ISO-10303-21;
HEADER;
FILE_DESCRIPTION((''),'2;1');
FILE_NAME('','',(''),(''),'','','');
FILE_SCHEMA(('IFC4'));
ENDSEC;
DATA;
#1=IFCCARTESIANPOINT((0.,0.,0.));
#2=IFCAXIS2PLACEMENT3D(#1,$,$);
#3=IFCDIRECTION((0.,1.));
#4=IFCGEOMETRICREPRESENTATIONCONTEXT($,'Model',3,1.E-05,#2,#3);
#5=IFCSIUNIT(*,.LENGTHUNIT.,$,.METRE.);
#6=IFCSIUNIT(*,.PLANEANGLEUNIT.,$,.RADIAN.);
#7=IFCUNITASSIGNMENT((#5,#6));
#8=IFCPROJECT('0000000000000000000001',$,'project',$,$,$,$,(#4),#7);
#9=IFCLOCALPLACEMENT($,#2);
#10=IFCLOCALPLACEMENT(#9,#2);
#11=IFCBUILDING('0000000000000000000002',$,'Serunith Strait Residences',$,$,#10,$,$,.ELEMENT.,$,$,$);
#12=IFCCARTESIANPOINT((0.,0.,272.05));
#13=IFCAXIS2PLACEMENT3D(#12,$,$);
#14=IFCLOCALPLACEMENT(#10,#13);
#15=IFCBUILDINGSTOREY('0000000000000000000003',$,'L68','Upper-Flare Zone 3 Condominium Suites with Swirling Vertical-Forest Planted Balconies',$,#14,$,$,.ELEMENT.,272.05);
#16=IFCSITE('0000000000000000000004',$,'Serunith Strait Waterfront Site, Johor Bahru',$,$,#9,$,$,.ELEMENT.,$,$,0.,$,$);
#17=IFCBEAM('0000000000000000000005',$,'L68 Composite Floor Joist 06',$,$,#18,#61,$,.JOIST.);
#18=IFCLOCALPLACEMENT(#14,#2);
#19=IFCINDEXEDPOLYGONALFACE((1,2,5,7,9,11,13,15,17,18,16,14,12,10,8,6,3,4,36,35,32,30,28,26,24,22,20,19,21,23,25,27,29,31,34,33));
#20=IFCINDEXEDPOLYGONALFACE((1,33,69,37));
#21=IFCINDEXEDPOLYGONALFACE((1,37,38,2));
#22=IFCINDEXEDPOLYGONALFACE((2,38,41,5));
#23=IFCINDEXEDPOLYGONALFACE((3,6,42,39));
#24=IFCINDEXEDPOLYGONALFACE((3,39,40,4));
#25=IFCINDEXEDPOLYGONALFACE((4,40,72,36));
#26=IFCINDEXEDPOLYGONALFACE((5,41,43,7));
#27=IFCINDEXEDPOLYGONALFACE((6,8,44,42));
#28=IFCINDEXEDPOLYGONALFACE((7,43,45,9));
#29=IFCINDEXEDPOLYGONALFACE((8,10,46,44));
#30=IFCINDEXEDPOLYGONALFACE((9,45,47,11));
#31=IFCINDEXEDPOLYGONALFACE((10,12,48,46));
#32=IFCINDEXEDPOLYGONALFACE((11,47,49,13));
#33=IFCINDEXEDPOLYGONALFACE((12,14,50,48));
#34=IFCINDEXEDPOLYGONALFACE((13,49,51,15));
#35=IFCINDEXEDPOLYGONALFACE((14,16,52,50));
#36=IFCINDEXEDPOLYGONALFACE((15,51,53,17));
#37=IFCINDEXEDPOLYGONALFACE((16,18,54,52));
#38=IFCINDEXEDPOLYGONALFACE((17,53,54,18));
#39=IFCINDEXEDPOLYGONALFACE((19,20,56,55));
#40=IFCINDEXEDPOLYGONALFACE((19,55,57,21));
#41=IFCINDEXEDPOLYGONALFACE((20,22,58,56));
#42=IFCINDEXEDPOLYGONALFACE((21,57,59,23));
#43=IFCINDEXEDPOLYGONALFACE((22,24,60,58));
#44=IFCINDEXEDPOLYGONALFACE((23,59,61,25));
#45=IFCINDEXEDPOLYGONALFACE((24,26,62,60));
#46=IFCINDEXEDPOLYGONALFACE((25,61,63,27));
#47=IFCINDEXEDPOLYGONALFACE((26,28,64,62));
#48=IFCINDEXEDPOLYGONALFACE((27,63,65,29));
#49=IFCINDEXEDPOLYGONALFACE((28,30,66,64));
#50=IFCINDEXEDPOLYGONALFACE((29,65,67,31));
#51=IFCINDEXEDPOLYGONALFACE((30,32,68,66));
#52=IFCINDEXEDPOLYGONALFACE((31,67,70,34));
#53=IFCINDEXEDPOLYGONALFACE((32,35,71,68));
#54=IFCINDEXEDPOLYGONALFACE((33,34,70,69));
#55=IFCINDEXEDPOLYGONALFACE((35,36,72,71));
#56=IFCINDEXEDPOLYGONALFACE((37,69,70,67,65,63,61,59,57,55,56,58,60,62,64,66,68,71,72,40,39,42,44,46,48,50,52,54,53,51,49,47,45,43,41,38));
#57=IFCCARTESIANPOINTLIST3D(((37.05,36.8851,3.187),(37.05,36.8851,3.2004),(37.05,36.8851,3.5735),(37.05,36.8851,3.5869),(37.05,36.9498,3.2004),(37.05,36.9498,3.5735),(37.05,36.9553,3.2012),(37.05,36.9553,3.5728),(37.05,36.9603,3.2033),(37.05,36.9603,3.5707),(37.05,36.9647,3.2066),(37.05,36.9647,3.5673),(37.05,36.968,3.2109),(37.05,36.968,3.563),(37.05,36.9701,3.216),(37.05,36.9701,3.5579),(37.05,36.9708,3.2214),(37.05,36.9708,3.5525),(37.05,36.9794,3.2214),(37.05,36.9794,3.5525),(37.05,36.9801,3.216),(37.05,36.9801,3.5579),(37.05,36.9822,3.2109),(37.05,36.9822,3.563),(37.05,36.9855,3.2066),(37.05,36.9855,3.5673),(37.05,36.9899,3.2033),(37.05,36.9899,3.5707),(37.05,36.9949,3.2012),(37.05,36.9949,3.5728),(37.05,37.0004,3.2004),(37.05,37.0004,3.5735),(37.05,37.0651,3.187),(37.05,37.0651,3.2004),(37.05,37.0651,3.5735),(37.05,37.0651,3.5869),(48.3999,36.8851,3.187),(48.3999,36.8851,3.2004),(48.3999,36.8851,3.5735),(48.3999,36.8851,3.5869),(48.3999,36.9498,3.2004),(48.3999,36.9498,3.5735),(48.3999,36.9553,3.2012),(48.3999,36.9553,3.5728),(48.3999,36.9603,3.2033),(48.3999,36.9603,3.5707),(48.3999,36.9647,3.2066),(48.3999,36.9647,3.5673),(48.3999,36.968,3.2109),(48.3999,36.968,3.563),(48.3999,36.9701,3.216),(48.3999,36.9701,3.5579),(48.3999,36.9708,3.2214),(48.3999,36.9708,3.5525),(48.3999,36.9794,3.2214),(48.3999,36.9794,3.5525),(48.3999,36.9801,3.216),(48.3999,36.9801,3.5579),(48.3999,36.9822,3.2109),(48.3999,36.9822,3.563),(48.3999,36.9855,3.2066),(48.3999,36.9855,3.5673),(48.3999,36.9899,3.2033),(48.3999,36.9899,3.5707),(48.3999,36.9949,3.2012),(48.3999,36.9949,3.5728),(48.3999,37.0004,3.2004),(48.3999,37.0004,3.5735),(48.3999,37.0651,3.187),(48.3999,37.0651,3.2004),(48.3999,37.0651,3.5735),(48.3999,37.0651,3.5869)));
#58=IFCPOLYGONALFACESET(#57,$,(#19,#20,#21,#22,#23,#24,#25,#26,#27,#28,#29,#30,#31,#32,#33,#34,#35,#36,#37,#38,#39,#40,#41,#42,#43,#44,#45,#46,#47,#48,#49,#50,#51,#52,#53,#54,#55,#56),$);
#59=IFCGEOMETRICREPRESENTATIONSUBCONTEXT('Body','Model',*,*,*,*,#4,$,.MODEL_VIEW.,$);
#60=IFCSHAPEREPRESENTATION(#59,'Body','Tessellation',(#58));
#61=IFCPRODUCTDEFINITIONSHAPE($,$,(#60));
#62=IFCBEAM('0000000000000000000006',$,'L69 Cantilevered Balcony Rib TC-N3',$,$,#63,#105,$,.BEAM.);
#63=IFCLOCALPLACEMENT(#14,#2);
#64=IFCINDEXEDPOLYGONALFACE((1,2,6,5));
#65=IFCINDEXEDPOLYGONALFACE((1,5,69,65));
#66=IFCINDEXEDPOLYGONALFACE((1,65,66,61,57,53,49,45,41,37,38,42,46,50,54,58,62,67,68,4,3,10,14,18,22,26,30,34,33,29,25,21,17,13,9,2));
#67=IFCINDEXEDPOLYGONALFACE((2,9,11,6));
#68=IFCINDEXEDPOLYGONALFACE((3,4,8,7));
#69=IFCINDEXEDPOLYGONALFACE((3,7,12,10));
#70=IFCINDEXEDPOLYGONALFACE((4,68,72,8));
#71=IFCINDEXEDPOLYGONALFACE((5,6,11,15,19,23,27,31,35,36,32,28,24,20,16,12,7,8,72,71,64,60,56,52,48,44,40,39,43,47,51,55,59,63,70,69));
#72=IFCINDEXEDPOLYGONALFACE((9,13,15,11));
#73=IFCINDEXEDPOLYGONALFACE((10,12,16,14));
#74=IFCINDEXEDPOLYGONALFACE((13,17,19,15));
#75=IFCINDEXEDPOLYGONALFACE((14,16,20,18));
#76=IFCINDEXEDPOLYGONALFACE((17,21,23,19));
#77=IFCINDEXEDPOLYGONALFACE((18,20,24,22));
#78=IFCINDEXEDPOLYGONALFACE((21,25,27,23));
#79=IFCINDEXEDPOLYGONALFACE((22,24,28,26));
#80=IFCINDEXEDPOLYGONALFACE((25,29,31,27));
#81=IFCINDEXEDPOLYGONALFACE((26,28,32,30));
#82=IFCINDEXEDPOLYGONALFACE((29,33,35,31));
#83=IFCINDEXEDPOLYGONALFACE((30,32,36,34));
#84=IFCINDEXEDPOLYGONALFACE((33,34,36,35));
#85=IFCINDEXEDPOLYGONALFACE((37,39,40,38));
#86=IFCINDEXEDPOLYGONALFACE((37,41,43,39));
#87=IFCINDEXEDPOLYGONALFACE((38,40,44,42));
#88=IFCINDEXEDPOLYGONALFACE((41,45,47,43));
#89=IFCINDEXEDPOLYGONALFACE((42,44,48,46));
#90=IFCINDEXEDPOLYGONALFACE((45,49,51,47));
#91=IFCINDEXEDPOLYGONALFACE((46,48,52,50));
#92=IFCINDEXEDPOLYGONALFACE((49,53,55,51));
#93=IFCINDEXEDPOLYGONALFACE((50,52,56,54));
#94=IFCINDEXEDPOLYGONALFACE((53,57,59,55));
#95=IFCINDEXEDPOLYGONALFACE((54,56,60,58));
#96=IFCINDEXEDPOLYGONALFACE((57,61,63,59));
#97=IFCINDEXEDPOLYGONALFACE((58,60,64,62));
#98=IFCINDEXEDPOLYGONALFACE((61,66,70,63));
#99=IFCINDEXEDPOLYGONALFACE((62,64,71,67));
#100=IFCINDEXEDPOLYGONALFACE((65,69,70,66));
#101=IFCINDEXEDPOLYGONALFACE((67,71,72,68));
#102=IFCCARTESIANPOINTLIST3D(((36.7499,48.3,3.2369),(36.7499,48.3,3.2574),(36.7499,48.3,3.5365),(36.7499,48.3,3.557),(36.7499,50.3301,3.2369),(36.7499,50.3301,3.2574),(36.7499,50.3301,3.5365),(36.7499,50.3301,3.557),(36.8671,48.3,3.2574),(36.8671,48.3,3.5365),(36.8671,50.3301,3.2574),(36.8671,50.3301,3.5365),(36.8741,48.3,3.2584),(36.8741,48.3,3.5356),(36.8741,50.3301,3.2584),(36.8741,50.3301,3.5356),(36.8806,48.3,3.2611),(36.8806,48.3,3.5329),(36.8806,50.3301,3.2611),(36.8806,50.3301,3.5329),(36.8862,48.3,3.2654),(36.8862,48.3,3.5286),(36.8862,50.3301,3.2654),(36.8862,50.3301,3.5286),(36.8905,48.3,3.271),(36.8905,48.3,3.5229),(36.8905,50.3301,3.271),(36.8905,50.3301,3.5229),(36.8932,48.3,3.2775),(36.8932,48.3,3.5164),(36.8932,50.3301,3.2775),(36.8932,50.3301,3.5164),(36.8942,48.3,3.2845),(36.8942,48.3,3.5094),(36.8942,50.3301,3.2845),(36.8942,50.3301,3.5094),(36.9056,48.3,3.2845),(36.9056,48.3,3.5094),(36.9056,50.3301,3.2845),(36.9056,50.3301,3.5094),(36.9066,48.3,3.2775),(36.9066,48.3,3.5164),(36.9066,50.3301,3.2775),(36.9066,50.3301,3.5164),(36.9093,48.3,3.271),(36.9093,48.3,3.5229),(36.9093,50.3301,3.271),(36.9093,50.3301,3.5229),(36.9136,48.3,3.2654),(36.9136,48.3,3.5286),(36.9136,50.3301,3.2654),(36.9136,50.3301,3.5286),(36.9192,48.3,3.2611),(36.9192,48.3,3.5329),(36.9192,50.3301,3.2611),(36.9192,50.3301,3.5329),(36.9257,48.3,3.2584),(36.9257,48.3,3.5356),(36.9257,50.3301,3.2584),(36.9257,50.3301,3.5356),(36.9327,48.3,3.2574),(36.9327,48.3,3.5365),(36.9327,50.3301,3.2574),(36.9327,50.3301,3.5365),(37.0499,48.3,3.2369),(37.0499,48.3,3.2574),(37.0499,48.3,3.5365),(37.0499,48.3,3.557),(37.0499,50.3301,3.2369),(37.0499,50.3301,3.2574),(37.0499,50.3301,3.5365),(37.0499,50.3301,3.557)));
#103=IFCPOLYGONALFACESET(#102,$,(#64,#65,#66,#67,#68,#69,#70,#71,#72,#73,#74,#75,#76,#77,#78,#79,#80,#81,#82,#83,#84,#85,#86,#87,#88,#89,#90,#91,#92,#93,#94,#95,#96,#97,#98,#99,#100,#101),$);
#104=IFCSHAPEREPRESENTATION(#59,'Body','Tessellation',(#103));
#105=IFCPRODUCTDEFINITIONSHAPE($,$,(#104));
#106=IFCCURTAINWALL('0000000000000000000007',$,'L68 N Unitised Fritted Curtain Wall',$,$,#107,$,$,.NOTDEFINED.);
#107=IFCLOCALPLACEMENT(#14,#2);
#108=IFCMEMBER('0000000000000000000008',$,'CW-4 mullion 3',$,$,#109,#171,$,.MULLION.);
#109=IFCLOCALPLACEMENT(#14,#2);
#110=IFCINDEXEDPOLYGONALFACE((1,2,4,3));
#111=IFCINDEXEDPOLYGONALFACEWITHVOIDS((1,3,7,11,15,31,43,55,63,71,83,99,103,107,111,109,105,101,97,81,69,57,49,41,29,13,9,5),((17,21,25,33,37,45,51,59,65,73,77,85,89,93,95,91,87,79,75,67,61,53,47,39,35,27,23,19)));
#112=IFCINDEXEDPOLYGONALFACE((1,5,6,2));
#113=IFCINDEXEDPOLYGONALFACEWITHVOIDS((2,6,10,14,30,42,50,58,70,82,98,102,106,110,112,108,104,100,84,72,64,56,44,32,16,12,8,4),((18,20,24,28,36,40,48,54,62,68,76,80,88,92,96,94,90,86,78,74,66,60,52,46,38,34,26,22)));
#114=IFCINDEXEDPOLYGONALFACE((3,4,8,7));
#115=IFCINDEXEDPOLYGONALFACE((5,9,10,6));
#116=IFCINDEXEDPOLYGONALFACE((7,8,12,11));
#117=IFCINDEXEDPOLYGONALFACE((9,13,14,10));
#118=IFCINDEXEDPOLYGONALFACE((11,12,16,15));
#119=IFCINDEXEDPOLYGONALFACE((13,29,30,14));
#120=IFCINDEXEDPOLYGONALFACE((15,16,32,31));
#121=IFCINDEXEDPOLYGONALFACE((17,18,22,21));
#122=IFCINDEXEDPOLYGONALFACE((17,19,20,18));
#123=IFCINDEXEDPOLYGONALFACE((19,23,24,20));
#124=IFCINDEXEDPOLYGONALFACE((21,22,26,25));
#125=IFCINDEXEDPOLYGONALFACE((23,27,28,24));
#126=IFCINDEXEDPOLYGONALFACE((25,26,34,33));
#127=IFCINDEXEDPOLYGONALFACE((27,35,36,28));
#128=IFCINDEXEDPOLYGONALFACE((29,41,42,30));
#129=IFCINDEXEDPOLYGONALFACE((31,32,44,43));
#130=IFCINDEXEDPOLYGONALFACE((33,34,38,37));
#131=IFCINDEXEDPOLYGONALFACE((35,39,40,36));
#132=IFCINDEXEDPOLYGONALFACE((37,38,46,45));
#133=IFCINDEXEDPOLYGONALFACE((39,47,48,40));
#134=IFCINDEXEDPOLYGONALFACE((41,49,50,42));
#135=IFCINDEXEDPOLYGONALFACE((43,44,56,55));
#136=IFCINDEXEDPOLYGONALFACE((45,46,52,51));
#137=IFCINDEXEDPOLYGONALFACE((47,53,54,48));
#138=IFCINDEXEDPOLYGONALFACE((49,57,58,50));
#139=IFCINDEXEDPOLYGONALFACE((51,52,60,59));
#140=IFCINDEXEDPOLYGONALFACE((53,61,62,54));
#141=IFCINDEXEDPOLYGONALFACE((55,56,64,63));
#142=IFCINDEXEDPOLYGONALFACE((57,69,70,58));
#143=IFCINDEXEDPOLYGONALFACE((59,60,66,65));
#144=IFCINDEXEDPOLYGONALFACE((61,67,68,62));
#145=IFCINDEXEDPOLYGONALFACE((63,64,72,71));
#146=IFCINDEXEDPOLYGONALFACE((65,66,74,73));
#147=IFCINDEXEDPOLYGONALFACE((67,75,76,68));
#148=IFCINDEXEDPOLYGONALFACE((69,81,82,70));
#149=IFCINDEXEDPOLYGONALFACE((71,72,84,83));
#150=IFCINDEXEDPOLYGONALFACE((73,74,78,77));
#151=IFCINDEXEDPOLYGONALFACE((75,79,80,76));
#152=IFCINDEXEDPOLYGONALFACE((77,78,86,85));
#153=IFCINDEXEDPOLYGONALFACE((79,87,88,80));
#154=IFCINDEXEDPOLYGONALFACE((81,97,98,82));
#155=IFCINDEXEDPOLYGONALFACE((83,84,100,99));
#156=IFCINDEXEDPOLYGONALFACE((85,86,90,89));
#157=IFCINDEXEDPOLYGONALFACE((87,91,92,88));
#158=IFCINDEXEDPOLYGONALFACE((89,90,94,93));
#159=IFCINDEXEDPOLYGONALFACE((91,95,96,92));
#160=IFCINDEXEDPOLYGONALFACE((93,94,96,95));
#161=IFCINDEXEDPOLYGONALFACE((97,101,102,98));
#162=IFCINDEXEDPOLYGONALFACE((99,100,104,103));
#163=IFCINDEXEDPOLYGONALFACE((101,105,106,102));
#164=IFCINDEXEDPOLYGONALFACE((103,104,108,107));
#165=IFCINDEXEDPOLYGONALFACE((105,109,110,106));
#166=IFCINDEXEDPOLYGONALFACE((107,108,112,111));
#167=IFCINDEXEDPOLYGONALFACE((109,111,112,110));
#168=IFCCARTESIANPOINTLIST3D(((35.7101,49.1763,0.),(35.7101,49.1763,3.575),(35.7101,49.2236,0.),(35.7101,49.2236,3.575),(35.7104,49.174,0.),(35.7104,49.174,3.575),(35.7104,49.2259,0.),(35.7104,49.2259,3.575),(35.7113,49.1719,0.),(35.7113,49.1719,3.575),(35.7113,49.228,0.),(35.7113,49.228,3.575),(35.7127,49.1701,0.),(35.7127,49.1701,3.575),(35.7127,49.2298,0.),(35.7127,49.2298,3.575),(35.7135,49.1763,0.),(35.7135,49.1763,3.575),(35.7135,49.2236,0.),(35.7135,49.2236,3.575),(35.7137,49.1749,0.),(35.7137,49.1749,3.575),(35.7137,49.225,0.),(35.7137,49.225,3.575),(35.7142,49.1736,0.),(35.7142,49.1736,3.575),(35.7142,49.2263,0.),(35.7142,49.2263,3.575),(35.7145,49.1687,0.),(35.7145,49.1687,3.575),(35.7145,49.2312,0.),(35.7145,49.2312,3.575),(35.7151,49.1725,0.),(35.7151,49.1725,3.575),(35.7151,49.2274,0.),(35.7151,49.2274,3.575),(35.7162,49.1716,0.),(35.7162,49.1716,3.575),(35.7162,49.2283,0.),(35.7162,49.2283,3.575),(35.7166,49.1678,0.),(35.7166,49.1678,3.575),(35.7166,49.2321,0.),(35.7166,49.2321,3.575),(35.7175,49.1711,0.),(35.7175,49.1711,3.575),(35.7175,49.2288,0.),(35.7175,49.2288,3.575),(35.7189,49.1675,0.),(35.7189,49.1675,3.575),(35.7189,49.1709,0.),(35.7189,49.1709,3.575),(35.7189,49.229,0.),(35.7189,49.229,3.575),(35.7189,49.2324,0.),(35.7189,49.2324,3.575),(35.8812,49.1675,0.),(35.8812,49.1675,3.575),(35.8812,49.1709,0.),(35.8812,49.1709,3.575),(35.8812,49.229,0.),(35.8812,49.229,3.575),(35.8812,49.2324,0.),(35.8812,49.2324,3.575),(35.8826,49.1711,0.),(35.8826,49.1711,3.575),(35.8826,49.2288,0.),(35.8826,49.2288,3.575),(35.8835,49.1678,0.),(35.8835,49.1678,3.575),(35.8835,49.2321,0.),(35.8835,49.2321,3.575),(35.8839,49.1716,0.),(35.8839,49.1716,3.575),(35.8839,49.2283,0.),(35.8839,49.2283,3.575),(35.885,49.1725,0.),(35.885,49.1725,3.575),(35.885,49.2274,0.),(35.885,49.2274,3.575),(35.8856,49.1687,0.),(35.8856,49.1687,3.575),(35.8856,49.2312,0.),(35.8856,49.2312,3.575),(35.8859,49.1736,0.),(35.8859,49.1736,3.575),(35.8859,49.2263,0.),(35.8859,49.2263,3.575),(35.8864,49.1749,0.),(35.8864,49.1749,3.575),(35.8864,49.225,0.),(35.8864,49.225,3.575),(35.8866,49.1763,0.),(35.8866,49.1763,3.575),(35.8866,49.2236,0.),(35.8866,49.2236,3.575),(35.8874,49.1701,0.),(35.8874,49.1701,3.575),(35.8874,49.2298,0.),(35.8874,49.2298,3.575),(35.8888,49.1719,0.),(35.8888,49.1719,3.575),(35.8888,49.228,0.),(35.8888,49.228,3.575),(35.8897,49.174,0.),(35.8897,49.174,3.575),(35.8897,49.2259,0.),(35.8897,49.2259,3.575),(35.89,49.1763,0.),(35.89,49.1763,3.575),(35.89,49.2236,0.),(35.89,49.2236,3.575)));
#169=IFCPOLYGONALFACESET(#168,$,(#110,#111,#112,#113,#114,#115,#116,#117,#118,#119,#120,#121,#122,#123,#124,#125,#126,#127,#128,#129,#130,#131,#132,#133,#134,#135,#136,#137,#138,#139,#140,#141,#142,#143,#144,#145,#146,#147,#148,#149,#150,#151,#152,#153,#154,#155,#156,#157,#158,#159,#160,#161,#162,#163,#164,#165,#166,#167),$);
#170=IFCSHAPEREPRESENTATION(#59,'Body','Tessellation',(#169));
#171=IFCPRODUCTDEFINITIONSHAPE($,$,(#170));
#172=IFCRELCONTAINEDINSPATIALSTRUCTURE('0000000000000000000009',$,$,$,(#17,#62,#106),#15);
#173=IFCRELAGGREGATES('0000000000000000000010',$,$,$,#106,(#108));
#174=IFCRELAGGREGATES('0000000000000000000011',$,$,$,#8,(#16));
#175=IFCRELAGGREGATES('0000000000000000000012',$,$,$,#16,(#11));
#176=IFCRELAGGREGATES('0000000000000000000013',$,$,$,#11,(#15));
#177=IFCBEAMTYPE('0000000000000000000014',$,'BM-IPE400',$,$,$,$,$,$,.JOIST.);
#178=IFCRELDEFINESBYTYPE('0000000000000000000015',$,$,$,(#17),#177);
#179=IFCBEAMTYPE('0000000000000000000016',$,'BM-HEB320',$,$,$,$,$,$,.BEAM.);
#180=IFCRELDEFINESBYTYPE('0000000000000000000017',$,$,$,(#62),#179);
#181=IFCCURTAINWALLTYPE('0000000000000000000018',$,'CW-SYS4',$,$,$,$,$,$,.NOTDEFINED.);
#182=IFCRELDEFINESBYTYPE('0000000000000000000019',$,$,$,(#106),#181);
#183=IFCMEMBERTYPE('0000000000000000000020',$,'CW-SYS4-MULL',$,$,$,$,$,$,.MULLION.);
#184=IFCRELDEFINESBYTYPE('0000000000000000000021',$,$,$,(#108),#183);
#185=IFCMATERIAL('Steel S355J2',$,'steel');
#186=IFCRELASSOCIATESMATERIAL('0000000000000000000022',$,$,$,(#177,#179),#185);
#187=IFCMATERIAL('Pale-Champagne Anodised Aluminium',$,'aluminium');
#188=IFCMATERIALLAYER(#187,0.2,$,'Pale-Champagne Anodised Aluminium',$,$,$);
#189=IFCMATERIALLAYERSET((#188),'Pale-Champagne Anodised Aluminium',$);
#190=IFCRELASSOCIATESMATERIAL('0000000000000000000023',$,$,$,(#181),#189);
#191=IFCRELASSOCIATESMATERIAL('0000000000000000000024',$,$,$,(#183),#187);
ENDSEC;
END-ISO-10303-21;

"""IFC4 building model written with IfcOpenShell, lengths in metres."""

from ifc_helpers import new_model, si_unit, direction, frame, origin, origin_2d, place, context, subcontext, project, spatial, hollow_rectangle, i_section, extrude, source, transform, mapped, material, layer, layer_set, material_profile, profile_set, type_object, element, aggregate, save


model = new_model("IFC4")

# Units and contexts
model_context = context("Model", 3, precision=1e-05, world=origin(), true_north=direction((0.0, 1.0)))
body_context = subcontext(model_context, "Body", "Model", "MODEL_VIEW")
ifc_project = project(units=[si_unit("LENGTHUNIT", "METRE"), si_unit("PLANEANGLEUNIT", "RADIAN")], contexts=[model_context])

# Site, building, storey
site_placement = place(None, origin())
site = spatial("IfcSite", under=ifc_project, at=site_placement, Name="Serunith Strait Waterfront Site, Johor Bahru", CompositionType="ELEMENT", RefElevation=0.0)
building_placement = place(site_placement, origin())
building = spatial("IfcBuilding", under=site, at=building_placement, Name="Serunith Strait Residences", CompositionType="ELEMENT")
storey_placement = place(building_placement, frame((0.0, 0.0, 272.05)))
storey = spatial("IfcBuildingStorey", under=building, at=storey_placement, Name="L68", Description="Upper-Flare Zone 3 Condominium Suites with Swirling Vertical-Forest Planted Balconies", CompositionType="ELEMENT", Elevation=272.05)

# Beams
ifc_material_1 = material(Name="Steel S355J2", Category="steel")
ifc_material_profile_1 = material_profile(ifc_material_1, i_section(OverallWidth=0.1799, OverallDepth=0.3999, WebThickness=0.0085, FlangeThickness=0.0134, FilletRadius=0.021, at=origin_2d()), Name="IPE 400")
ifc_profile_set_1 = profile_set([ifc_material_profile_1], Name="Steel S355J2")
beam_type_1 = type_object("IfcBeamType", Name="BM-IPE400", PredefinedType="JOIST", material=ifc_profile_set_1)
shared_shape_1 = source(origin(), body_context, "Body", "SweptSolid", [
    extrude(i_section(OverallWidth=0.1799, OverallDepth=0.3999, WebThickness=0.0085, FlangeThickness=0.0134, FilletRadius=0.021, at=origin_2d()), origin(), (0.0, 0.0, 1.0), 11.3499),
])
beam_1_placement = place(storey_placement, frame((37.05, 36.9751, 3.387), z_axis=(1.0, 0.0, 0.0), x_axis=(0.0, 1.0, 0.0)))
element("IfcBeam", 1, at=beam_1_placement, inside=storey, type_object=beam_type_1, Name="L68 Composite Floor Joist 06", PredefinedType="JOIST", context=body_context, shape_type="MappedRepresentation", body=[
    mapped(shared_shape_1, transform((0.0, 0.0, 0.0), scale=1.0)),
])
ifc_material_profile_2 = material_profile(ifc_material_1, i_section(OverallWidth=0.3, OverallDepth=0.3201, WebThickness=0.0115, FlangeThickness=0.0205, FilletRadius=0.0271, at=origin_2d()), Name="HEB 320")
ifc_profile_set_2 = profile_set([ifc_material_profile_2], Name="Steel S355J2")
beam_type_2 = type_object("IfcBeamType", Name="BM-HEB320", PredefinedType="BEAM", material=ifc_profile_set_2)
shared_shape_2 = source(origin(), body_context, "Body", "SweptSolid", [
    extrude(i_section(OverallWidth=0.3, OverallDepth=0.3201, WebThickness=0.0115, FlangeThickness=0.0205, FilletRadius=0.0271, at=origin_2d()), origin(), (0.0, 0.0, 1.0), 2.03),
])
beam_2_placement = place(storey_placement, frame((36.8999, 48.3, 3.397), z_axis=(0.0, 1.0, 0.0), x_axis=(-1.0, 0.0, 0.0)))
element("IfcBeam", 2, at=beam_2_placement, inside=storey, type_object=beam_type_2, Name="L69 Cantilevered Balcony Rib TC-N3", PredefinedType="BEAM", context=body_context, shape_type="MappedRepresentation", body=[
    mapped(shared_shape_2, transform((0.0, 0.0, 0.0), scale=1.0)),
])

# Curtain wall, member
ifc_material_2 = material(Name="Pale-Champagne Anodised Aluminium", Category="aluminium")
ifc_layer_1 = layer(ifc_material_2, 0.2, Name="Pale-Champagne Anodised Aluminium")
ifc_layer_set_1 = layer_set([ifc_layer_1], Name="Pale-Champagne Anodised Aluminium")
curtain_wall_type = type_object("IfcCurtainWallType", Name="CW-SYS4", PredefinedType="NOTDEFINED", material=ifc_layer_set_1)
curtain_wall_placement = place(storey_placement, origin())
curtain_wall = element("IfcCurtainWall", 3, at=curtain_wall_placement, inside=storey, type_object=curtain_wall_type, Name="L68 N Unitised Fritted Curtain Wall", PredefinedType="NOTDEFINED")
ifc_material_profile_3 = material_profile(ifc_material_2, hollow_rectangle(XDim=0.0649, YDim=0.1799, WallThickness=0.0034, InnerFilletRadius=0.0054, OuterFilletRadius=0.0088, at=origin_2d()), Name="ALU 180x65x3.5")
ifc_profile_set_3 = profile_set([ifc_material_profile_3], Name="Pale-Champagne Anodised Aluminium")
member_type_1 = type_object("IfcMemberType", Name="CW-SYS4-MULL", PredefinedType="MULLION", material=ifc_profile_set_3)
shared_shape_3 = source(origin(), body_context, "Body", "SweptSolid", [
    extrude(hollow_rectangle(XDim=0.0649, YDim=0.1799, WallThickness=0.0034, InnerFilletRadius=0.0054, OuterFilletRadius=0.0088, at=origin_2d()), origin(), (0.0, 0.0, 1.0), 3.575),
])
member_1_placement = place(storey_placement, frame((35.8, 49.2, 0.0), z_axis=(0.0, 0.0, 1.0), x_axis=(0.0, -1.0, 0.0)))
member_1 = element("IfcMember", 4, at=member_1_placement, type_object=member_type_1, Name="CW-4 mullion 3", PredefinedType="MULLION", context=body_context, shape_type="MappedRepresentation", body=[
    mapped(shared_shape_3, transform((0.0, 0.0, 0.0), scale=1.0)),
])
aggregate(curtain_wall, [member_1])

save(model, "model.ifc")
